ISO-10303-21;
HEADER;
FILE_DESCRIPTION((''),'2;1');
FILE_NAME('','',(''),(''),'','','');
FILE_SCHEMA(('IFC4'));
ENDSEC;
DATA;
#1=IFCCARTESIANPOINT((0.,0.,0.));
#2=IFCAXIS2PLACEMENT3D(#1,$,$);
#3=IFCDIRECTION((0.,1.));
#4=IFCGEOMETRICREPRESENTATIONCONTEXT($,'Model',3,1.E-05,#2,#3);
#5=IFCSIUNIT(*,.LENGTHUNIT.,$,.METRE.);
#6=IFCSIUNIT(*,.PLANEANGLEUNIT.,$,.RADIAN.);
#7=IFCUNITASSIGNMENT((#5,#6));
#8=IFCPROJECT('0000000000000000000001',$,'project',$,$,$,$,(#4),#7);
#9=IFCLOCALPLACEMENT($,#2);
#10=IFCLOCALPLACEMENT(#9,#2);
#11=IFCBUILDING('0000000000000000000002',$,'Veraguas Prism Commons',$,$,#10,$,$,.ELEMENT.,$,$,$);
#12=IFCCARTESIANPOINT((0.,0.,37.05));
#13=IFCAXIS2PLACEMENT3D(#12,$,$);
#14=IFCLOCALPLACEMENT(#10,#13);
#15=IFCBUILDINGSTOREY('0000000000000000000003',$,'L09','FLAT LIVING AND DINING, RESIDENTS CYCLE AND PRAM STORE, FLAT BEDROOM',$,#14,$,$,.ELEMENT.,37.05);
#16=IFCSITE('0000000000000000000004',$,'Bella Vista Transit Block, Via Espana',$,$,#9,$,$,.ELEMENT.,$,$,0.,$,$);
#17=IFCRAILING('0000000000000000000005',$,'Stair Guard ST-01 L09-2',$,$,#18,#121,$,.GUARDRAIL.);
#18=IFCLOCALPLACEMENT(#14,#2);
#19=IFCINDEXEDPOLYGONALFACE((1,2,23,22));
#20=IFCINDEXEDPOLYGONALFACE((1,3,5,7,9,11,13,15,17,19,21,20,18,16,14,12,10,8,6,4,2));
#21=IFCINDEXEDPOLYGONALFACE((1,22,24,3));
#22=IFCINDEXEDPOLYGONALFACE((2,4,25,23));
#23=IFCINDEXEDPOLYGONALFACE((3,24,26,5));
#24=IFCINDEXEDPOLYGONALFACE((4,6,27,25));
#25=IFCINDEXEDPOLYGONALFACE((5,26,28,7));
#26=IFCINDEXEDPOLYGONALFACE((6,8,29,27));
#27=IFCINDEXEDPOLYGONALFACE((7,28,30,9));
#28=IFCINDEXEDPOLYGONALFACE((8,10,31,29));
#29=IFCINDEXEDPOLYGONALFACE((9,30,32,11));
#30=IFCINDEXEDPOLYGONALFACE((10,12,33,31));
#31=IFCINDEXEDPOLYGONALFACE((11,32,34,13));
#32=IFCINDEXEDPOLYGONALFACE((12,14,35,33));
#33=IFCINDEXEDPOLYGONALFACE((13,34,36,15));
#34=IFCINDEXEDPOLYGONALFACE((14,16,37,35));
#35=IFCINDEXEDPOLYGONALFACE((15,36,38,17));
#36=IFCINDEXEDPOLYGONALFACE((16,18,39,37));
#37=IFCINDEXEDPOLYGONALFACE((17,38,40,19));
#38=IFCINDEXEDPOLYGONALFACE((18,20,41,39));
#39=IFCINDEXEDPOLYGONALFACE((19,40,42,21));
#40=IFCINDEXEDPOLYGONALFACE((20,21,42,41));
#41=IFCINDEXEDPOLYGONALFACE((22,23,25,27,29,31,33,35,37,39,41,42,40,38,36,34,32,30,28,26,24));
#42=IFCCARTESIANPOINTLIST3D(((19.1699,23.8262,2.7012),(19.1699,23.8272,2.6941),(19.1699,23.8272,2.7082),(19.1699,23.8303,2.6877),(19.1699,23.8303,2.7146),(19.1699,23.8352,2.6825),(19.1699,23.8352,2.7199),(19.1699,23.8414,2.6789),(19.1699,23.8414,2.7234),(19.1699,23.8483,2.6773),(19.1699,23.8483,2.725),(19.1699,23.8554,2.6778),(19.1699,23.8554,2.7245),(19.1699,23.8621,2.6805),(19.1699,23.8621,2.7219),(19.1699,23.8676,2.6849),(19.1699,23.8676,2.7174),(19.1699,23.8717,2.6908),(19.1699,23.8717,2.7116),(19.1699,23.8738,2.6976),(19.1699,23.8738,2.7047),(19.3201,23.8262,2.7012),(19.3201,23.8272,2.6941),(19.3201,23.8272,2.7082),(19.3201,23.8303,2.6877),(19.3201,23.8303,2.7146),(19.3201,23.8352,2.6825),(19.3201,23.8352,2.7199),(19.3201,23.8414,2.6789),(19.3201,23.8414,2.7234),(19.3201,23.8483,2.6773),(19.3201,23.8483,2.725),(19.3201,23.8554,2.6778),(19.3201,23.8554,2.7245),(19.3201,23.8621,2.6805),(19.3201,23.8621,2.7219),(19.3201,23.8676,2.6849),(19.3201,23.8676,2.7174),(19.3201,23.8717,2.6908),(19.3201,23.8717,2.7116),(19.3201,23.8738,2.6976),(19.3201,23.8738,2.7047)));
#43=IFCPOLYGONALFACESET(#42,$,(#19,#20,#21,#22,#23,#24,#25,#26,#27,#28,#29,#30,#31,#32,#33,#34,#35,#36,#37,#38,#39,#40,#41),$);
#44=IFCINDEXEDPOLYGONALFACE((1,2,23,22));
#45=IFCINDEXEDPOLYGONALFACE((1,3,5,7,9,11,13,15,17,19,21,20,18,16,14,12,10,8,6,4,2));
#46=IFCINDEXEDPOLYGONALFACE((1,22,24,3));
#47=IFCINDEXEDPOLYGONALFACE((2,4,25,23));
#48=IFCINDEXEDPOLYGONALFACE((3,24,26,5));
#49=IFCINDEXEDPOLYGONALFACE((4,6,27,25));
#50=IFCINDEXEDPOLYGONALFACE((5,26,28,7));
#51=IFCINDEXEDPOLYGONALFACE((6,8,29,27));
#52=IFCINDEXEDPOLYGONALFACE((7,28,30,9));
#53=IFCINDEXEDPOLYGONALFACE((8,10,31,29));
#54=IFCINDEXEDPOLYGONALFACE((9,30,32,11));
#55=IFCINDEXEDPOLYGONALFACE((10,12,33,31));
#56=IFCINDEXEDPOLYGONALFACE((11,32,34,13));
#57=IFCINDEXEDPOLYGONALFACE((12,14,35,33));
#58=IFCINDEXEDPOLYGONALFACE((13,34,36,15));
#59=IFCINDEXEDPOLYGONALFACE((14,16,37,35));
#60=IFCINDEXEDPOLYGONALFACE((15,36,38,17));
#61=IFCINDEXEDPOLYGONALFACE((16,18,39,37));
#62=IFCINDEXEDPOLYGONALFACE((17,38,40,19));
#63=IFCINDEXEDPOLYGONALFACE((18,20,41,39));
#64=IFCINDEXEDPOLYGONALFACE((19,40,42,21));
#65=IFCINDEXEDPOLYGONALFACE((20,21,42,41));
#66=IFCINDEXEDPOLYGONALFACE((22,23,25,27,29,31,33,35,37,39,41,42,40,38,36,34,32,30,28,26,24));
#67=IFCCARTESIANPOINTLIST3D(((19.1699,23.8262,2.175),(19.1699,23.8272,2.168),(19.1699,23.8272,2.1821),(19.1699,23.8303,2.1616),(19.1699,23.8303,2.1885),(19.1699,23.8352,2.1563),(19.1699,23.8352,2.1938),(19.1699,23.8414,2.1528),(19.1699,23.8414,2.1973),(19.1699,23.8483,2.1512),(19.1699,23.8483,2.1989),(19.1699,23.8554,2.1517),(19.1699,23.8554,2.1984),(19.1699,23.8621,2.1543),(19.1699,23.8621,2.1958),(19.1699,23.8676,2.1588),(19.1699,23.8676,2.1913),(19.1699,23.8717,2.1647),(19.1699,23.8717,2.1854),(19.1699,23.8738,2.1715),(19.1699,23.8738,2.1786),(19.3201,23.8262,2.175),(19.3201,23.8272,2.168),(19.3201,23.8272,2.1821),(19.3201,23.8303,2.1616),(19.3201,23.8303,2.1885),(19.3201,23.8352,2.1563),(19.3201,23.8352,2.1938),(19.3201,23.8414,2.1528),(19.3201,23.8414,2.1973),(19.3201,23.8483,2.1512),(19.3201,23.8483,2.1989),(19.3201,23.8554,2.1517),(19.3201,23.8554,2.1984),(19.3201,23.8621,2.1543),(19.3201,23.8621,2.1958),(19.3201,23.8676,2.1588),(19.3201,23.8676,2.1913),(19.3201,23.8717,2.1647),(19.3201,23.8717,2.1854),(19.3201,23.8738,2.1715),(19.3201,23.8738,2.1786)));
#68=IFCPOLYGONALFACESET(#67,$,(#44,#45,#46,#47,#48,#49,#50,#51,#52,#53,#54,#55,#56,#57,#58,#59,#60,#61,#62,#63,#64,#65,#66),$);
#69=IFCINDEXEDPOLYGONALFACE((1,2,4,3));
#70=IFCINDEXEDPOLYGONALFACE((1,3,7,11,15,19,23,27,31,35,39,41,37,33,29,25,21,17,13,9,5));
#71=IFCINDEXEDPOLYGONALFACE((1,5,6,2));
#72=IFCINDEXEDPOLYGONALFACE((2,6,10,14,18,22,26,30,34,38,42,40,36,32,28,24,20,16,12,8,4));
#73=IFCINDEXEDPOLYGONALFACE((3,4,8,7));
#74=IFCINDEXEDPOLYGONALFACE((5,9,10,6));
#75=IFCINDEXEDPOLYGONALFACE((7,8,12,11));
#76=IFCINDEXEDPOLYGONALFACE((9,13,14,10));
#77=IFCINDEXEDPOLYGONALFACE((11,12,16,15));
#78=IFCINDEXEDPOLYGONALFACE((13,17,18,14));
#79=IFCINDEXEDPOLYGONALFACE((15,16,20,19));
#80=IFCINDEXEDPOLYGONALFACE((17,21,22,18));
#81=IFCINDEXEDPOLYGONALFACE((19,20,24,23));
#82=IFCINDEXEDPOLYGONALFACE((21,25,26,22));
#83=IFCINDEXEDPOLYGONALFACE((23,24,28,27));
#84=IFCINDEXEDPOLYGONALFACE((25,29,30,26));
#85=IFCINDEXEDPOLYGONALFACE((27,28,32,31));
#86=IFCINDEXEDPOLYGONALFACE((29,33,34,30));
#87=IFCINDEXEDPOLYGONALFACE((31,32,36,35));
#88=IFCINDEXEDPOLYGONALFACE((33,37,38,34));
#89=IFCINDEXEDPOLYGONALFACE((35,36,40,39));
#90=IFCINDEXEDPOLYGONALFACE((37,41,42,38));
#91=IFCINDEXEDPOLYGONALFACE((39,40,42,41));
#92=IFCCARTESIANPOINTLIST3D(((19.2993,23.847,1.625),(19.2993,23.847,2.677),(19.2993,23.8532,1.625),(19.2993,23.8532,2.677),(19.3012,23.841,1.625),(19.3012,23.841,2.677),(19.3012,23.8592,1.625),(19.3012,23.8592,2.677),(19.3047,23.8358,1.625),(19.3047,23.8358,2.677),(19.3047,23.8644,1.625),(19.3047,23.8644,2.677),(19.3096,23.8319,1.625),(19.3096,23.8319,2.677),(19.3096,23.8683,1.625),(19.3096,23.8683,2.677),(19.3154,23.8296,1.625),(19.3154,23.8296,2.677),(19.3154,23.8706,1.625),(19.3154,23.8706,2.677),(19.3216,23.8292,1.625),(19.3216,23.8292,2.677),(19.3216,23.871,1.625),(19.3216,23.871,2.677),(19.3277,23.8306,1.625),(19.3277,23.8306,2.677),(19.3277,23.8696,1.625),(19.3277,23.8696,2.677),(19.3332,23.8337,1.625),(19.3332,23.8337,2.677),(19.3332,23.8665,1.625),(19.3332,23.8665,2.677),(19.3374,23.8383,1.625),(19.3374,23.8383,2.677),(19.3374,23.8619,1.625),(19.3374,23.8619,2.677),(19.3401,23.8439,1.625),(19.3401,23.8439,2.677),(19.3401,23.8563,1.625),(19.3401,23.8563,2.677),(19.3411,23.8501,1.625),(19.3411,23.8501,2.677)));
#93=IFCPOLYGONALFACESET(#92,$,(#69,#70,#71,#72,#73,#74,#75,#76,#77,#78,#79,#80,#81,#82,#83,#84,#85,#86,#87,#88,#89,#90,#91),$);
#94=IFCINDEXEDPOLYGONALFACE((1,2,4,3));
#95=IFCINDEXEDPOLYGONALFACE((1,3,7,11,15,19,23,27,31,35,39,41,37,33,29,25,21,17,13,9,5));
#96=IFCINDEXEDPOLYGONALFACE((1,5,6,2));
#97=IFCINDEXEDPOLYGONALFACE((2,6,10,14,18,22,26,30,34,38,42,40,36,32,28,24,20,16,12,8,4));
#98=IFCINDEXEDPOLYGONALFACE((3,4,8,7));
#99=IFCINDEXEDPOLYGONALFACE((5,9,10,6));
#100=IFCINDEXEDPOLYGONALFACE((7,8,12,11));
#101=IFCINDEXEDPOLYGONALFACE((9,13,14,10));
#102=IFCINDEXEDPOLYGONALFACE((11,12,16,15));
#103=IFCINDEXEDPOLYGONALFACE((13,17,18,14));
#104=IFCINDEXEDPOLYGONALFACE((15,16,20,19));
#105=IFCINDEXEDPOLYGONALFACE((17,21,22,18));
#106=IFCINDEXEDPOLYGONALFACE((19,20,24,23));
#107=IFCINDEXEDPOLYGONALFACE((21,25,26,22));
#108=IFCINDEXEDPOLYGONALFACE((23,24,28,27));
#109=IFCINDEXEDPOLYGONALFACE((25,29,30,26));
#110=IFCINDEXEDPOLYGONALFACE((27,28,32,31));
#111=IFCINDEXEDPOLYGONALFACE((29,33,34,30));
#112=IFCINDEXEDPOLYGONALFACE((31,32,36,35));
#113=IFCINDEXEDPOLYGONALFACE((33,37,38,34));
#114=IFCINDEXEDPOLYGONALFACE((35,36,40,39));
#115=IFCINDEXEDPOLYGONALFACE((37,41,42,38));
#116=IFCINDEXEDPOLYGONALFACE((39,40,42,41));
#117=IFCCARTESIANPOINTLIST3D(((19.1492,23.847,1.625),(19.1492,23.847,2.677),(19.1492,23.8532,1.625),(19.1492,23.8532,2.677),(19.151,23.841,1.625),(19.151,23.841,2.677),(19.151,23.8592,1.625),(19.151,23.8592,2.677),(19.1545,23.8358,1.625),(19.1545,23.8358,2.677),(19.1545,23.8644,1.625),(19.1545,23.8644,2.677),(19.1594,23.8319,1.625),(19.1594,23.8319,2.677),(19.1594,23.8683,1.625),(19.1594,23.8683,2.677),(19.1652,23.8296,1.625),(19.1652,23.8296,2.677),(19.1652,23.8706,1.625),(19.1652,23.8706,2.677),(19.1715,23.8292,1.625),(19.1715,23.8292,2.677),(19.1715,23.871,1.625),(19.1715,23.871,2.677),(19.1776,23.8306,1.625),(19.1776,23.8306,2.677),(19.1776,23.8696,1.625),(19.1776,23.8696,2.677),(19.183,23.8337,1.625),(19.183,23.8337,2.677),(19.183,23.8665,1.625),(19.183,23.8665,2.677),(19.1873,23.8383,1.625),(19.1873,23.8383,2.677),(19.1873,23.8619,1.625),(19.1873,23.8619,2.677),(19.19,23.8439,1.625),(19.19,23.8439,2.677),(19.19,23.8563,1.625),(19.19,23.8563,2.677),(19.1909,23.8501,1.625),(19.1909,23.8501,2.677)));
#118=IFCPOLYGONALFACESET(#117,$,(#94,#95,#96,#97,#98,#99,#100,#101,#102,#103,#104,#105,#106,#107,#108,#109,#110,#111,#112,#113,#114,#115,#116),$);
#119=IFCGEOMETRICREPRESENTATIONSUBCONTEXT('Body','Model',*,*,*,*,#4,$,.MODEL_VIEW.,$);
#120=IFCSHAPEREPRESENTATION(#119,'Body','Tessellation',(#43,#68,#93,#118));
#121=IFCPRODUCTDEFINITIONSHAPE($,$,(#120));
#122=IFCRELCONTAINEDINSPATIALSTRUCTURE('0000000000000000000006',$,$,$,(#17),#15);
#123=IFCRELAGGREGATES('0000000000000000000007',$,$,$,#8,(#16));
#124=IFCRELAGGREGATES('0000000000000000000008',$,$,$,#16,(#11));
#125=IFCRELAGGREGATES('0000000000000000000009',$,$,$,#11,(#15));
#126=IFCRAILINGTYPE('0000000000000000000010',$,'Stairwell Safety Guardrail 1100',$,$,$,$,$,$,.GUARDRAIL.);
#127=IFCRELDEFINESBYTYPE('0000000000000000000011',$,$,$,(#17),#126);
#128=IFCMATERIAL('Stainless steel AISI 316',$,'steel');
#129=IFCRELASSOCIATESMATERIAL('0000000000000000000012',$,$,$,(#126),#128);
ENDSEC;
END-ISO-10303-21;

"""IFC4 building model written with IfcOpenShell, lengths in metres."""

from ifc_helpers import new_model, si_unit, direction, frame, origin, origin_2d, place, context, subcontext, project, spatial, circle, extrude, material, type_object, element, save


model = new_model("IFC4")

# Units and contexts
model_context = context("Model", 3, precision=1e-05, world=origin(), true_north=direction((0.0, 1.0)))
body_context = subcontext(model_context, "Body", "Model", "MODEL_VIEW")
ifc_project = project(units=[si_unit("LENGTHUNIT", "METRE"), si_unit("PLANEANGLEUNIT", "RADIAN")], contexts=[model_context])

# Site, building, storey
site_placement = place(None, origin())
site = spatial("IfcSite", under=ifc_project, at=site_placement, Name="Bella Vista Transit Block, Via Espana", CompositionType="ELEMENT", RefElevation=0.0)
building_placement = place(site_placement, origin())
building = spatial("IfcBuilding", under=site, at=building_placement, Name="Veraguas Prism Commons", CompositionType="ELEMENT")
storey_placement = place(building_placement, frame((0.0, 0.0, 37.05)))
storey = spatial("IfcBuildingStorey", under=building, at=storey_placement, Name="L09", Description="FLAT LIVING AND DINING, RESIDENTS CYCLE AND PRAM STORE, FLAT BEDROOM", CompositionType="ELEMENT", Elevation=37.05)

# Railing
ifc_material_1 = material(Name="Stainless steel AISI 316", Category="steel")
railing_type_1 = type_object("IfcRailingType", Name="Stairwell Safety Guardrail 1100", PredefinedType="GUARDRAIL", material=ifc_material_1)
railing_1_placement = place(storey_placement, frame((19.3201, 23.8501, 1.625)))
element("IfcRailing", 1, at=railing_1_placement, inside=storey, type_object=railing_type_1, Name="Stair Guard ST-01 L09-2", PredefinedType="GUARDRAIL", context=body_context, shape_type="SweptSolid", body=[
    extrude(circle(Radius=0.0239, at=origin_2d()), frame((0.0, 0.0, 1.0762), z_axis=(-1.0, 0.0, 0.0), x_axis=(0.0, -1.0, 0.0)), (0.0, 0.0, 1.0), 0.1501),
    extrude(circle(Radius=0.0239, at=origin_2d()), frame((0.0, 0.0, 0.55), z_axis=(-1.0, 0.0, 0.0), x_axis=(0.0, -1.0, 0.0)), (0.0, 0.0, 1.0), 0.1501),
    extrude(circle(Radius=0.021, at=origin_2d()), origin(), (0.0, 0.0, 1.0), 1.052),
    extrude(circle(Radius=0.021, at=origin_2d()), frame((-0.1501, 0.0, 0.0)), (0.0, 0.0, 1.0), 1.052),
])

save(model, "model.ifc")
